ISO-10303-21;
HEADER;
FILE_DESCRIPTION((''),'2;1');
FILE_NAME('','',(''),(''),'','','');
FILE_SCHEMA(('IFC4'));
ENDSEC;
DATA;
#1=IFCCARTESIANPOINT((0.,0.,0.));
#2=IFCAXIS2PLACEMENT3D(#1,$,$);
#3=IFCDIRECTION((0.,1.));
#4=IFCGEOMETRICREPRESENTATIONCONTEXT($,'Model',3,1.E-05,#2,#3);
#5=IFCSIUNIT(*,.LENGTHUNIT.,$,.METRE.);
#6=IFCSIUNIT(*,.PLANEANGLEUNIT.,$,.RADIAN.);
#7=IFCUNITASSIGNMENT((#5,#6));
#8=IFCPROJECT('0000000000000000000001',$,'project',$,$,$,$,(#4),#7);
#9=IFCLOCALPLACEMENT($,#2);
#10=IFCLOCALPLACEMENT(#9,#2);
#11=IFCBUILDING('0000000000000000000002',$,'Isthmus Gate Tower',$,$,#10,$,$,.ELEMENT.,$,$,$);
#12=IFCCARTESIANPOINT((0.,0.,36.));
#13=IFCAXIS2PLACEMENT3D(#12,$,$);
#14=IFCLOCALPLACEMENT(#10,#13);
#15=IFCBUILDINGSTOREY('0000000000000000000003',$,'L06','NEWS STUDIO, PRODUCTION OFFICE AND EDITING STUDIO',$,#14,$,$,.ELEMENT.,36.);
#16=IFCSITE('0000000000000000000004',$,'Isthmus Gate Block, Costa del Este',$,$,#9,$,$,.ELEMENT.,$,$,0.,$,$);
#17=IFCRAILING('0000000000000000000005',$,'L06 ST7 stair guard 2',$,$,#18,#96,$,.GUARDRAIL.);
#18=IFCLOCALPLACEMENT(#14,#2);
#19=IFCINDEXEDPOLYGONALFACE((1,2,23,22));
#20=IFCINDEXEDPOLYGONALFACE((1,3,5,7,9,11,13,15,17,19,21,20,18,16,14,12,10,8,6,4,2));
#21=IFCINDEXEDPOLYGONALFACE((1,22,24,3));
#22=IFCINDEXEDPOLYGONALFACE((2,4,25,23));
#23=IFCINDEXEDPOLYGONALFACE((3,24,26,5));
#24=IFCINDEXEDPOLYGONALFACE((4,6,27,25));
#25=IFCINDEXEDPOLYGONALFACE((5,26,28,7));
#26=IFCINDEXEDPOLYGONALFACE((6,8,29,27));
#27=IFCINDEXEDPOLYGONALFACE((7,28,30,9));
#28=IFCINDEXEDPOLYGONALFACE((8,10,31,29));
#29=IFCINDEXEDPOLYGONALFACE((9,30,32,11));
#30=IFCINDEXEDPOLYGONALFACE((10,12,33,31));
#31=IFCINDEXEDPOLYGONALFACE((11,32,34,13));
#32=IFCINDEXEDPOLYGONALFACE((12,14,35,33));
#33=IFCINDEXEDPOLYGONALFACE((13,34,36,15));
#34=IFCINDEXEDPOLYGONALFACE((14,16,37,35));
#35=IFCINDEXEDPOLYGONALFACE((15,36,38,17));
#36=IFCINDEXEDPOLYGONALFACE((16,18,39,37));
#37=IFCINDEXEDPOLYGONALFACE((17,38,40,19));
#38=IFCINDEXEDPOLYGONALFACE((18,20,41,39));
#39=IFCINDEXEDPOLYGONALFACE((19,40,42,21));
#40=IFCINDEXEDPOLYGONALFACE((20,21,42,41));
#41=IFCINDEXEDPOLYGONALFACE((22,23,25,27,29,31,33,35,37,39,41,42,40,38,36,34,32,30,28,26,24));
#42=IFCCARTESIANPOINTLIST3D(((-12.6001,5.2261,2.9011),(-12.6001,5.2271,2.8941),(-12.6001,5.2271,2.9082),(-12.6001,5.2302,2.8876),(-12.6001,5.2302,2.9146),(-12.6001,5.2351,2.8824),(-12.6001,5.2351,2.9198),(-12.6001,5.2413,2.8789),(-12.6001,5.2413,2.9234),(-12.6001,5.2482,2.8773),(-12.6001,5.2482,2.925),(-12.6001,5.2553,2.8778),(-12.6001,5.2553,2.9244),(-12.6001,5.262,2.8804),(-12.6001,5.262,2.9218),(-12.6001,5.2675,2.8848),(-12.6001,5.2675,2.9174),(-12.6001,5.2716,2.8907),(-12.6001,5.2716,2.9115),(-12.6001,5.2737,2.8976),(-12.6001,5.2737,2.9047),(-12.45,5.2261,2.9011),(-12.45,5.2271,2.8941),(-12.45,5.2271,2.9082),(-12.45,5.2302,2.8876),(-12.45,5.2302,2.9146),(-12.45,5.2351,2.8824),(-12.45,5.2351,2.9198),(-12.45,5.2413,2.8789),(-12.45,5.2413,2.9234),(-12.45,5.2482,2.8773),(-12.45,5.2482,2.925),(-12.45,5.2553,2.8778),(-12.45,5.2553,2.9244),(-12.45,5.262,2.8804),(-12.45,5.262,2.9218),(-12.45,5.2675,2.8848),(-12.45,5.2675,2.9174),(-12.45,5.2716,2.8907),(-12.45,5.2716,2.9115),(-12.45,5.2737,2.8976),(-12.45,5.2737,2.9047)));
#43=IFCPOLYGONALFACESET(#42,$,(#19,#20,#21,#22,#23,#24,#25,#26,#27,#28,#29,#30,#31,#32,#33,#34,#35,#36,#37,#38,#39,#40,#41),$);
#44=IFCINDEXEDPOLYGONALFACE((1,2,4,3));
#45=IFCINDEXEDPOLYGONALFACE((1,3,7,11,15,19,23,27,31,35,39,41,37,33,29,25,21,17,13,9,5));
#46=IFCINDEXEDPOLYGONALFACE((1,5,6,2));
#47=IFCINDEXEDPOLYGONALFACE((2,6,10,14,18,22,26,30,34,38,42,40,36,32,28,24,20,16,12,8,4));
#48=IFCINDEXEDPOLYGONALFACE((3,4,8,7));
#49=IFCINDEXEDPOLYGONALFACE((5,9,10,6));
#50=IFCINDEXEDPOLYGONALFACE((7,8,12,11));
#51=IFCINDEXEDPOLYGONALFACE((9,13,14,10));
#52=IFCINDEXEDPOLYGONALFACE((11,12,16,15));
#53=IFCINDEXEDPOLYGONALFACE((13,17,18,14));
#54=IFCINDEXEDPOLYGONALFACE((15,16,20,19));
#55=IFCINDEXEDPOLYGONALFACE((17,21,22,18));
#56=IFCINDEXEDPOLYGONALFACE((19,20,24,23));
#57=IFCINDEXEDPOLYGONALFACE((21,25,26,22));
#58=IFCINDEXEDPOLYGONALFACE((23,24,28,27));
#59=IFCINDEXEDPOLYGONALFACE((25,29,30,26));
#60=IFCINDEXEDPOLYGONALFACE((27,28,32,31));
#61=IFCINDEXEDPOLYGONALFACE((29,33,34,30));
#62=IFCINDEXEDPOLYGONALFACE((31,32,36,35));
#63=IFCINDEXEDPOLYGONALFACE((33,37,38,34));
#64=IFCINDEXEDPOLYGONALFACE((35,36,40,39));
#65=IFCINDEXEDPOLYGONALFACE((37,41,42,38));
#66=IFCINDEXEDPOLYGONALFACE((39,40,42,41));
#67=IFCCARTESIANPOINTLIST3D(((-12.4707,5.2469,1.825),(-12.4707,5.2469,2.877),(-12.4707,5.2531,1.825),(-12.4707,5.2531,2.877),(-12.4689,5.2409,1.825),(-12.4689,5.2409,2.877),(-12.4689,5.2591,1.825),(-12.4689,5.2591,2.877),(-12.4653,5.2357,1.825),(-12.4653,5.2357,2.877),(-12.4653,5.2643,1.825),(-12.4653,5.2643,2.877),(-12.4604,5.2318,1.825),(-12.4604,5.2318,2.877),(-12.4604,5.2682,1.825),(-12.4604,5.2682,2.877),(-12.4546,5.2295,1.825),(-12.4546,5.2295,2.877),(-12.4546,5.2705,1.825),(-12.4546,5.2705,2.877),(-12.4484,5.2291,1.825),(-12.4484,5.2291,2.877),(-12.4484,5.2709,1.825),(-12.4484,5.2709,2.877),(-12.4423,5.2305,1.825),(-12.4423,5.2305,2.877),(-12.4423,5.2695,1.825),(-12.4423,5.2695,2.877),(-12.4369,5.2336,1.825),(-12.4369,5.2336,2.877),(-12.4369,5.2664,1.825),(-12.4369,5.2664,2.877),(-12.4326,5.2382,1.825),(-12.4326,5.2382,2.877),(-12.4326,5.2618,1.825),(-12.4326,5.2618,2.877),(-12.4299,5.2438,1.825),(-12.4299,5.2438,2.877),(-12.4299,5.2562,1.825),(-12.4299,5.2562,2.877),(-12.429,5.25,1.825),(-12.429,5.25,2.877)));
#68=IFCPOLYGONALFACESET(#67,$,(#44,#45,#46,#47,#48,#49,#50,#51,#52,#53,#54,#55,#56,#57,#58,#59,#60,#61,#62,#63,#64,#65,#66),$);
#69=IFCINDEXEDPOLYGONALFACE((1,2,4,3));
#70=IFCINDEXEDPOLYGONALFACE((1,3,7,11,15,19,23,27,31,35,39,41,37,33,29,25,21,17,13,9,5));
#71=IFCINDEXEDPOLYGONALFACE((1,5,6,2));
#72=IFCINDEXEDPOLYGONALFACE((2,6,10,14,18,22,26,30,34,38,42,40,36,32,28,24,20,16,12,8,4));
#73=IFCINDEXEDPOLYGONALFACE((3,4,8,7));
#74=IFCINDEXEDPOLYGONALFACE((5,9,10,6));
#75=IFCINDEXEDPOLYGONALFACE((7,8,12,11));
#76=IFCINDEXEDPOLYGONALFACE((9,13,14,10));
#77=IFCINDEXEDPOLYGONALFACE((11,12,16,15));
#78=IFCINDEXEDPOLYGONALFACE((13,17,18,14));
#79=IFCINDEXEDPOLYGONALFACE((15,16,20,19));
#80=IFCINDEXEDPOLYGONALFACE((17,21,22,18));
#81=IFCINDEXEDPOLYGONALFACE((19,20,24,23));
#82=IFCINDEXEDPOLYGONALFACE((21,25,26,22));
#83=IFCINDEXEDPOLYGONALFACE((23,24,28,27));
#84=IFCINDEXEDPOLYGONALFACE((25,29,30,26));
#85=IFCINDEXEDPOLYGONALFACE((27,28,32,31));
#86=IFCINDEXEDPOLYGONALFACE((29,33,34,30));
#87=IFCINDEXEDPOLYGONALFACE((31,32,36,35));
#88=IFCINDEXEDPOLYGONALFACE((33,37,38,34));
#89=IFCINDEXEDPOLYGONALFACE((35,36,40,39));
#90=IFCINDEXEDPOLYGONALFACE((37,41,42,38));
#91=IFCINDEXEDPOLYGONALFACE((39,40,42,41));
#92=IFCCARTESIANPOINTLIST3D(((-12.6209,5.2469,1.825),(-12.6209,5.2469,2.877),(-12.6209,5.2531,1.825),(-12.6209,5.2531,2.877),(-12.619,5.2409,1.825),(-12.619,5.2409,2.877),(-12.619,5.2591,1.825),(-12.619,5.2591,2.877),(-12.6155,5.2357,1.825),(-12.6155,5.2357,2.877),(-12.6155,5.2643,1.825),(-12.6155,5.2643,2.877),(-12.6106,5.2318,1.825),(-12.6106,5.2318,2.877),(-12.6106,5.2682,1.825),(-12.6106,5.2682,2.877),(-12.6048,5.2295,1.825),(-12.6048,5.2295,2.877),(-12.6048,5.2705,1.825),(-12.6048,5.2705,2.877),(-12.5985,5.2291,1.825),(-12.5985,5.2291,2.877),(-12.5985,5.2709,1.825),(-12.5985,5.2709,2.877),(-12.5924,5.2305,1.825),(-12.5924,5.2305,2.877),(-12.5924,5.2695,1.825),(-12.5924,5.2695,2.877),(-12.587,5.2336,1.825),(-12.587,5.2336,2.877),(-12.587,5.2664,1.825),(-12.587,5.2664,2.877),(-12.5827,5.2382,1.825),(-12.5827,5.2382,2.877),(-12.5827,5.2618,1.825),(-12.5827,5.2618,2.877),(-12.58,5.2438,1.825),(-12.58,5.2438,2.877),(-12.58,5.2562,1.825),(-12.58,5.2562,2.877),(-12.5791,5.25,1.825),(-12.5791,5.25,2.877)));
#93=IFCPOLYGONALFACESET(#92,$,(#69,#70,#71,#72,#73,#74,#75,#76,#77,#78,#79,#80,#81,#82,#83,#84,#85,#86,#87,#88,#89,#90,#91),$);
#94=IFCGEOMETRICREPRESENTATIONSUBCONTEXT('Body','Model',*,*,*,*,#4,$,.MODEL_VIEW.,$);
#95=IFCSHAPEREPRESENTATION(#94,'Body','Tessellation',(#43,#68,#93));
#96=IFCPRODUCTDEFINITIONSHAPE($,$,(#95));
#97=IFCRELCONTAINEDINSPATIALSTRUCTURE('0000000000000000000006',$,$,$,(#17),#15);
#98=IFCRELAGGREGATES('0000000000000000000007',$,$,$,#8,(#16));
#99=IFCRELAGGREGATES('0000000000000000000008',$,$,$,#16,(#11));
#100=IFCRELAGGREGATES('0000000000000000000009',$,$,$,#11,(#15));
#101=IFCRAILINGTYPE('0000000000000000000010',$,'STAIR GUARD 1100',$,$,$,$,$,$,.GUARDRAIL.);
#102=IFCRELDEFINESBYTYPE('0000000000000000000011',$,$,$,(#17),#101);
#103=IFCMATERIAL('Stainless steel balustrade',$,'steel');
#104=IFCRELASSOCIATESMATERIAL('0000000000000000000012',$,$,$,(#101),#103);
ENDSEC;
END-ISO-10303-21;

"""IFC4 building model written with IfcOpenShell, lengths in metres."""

from ifc_helpers import new_model, si_unit, direction, frame, origin, origin_2d, place, context, subcontext, project, spatial, circle, extrude, material, type_object, element, save


model = new_model("IFC4")

# Units and contexts
model_context = context("Model", 3, precision=1e-05, world=origin(), true_north=direction((0.0, 1.0)))
body_context = subcontext(model_context, "Body", "Model", "MODEL_VIEW")
ifc_project = project(units=[si_unit("LENGTHUNIT", "METRE"), si_unit("PLANEANGLEUNIT", "RADIAN")], contexts=[model_context])

# Site, building, storey
site_placement = place(None, origin())
site = spatial("IfcSite", under=ifc_project, at=site_placement, Name="Isthmus Gate Block, Costa del Este", CompositionType="ELEMENT", RefElevation=0.0)
building_placement = place(site_placement, origin())
building = spatial("IfcBuilding", under=site, at=building_placement, Name="Isthmus Gate Tower", CompositionType="ELEMENT")
storey_placement = place(building_placement, frame((0.0, 0.0, 36.0)))
storey = spatial("IfcBuildingStorey", under=building, at=storey_placement, Name="L06", Description="NEWS STUDIO, PRODUCTION OFFICE AND EDITING STUDIO", CompositionType="ELEMENT", Elevation=36.0)

# Railing
ifc_material_1 = material(Name="Stainless steel balustrade", Category="steel")
railing_type_1 = type_object("IfcRailingType", Name="STAIR GUARD 1100", PredefinedType="GUARDRAIL", material=ifc_material_1)
railing_1_placement = place(storey_placement, frame((-12.45, 5.25, 1.825)))
element("IfcRailing", 1, at=railing_1_placement, inside=storey, type_object=railing_type_1, Name="L06 ST7 stair guard 2", PredefinedType="GUARDRAIL", context=body_context, shape_type="SweptSolid", body=[
    extrude(circle(Radius=0.0239, at=origin_2d()), frame((0.0, 0.0, 1.0762), z_axis=(-1.0, 0.0, 0.0), x_axis=(0.0, -1.0, 0.0)), (0.0, 0.0, 1.0), 0.1501),
    extrude(circle(Radius=0.021, at=origin_2d()), origin(), (0.0, 0.0, 1.0), 1.052),
    extrude(circle(Radius=0.021, at=origin_2d()), frame((-0.1501, 0.0, 0.0)), (0.0, 0.0, 1.0), 1.052),
])

save(model, "model.ifc")
